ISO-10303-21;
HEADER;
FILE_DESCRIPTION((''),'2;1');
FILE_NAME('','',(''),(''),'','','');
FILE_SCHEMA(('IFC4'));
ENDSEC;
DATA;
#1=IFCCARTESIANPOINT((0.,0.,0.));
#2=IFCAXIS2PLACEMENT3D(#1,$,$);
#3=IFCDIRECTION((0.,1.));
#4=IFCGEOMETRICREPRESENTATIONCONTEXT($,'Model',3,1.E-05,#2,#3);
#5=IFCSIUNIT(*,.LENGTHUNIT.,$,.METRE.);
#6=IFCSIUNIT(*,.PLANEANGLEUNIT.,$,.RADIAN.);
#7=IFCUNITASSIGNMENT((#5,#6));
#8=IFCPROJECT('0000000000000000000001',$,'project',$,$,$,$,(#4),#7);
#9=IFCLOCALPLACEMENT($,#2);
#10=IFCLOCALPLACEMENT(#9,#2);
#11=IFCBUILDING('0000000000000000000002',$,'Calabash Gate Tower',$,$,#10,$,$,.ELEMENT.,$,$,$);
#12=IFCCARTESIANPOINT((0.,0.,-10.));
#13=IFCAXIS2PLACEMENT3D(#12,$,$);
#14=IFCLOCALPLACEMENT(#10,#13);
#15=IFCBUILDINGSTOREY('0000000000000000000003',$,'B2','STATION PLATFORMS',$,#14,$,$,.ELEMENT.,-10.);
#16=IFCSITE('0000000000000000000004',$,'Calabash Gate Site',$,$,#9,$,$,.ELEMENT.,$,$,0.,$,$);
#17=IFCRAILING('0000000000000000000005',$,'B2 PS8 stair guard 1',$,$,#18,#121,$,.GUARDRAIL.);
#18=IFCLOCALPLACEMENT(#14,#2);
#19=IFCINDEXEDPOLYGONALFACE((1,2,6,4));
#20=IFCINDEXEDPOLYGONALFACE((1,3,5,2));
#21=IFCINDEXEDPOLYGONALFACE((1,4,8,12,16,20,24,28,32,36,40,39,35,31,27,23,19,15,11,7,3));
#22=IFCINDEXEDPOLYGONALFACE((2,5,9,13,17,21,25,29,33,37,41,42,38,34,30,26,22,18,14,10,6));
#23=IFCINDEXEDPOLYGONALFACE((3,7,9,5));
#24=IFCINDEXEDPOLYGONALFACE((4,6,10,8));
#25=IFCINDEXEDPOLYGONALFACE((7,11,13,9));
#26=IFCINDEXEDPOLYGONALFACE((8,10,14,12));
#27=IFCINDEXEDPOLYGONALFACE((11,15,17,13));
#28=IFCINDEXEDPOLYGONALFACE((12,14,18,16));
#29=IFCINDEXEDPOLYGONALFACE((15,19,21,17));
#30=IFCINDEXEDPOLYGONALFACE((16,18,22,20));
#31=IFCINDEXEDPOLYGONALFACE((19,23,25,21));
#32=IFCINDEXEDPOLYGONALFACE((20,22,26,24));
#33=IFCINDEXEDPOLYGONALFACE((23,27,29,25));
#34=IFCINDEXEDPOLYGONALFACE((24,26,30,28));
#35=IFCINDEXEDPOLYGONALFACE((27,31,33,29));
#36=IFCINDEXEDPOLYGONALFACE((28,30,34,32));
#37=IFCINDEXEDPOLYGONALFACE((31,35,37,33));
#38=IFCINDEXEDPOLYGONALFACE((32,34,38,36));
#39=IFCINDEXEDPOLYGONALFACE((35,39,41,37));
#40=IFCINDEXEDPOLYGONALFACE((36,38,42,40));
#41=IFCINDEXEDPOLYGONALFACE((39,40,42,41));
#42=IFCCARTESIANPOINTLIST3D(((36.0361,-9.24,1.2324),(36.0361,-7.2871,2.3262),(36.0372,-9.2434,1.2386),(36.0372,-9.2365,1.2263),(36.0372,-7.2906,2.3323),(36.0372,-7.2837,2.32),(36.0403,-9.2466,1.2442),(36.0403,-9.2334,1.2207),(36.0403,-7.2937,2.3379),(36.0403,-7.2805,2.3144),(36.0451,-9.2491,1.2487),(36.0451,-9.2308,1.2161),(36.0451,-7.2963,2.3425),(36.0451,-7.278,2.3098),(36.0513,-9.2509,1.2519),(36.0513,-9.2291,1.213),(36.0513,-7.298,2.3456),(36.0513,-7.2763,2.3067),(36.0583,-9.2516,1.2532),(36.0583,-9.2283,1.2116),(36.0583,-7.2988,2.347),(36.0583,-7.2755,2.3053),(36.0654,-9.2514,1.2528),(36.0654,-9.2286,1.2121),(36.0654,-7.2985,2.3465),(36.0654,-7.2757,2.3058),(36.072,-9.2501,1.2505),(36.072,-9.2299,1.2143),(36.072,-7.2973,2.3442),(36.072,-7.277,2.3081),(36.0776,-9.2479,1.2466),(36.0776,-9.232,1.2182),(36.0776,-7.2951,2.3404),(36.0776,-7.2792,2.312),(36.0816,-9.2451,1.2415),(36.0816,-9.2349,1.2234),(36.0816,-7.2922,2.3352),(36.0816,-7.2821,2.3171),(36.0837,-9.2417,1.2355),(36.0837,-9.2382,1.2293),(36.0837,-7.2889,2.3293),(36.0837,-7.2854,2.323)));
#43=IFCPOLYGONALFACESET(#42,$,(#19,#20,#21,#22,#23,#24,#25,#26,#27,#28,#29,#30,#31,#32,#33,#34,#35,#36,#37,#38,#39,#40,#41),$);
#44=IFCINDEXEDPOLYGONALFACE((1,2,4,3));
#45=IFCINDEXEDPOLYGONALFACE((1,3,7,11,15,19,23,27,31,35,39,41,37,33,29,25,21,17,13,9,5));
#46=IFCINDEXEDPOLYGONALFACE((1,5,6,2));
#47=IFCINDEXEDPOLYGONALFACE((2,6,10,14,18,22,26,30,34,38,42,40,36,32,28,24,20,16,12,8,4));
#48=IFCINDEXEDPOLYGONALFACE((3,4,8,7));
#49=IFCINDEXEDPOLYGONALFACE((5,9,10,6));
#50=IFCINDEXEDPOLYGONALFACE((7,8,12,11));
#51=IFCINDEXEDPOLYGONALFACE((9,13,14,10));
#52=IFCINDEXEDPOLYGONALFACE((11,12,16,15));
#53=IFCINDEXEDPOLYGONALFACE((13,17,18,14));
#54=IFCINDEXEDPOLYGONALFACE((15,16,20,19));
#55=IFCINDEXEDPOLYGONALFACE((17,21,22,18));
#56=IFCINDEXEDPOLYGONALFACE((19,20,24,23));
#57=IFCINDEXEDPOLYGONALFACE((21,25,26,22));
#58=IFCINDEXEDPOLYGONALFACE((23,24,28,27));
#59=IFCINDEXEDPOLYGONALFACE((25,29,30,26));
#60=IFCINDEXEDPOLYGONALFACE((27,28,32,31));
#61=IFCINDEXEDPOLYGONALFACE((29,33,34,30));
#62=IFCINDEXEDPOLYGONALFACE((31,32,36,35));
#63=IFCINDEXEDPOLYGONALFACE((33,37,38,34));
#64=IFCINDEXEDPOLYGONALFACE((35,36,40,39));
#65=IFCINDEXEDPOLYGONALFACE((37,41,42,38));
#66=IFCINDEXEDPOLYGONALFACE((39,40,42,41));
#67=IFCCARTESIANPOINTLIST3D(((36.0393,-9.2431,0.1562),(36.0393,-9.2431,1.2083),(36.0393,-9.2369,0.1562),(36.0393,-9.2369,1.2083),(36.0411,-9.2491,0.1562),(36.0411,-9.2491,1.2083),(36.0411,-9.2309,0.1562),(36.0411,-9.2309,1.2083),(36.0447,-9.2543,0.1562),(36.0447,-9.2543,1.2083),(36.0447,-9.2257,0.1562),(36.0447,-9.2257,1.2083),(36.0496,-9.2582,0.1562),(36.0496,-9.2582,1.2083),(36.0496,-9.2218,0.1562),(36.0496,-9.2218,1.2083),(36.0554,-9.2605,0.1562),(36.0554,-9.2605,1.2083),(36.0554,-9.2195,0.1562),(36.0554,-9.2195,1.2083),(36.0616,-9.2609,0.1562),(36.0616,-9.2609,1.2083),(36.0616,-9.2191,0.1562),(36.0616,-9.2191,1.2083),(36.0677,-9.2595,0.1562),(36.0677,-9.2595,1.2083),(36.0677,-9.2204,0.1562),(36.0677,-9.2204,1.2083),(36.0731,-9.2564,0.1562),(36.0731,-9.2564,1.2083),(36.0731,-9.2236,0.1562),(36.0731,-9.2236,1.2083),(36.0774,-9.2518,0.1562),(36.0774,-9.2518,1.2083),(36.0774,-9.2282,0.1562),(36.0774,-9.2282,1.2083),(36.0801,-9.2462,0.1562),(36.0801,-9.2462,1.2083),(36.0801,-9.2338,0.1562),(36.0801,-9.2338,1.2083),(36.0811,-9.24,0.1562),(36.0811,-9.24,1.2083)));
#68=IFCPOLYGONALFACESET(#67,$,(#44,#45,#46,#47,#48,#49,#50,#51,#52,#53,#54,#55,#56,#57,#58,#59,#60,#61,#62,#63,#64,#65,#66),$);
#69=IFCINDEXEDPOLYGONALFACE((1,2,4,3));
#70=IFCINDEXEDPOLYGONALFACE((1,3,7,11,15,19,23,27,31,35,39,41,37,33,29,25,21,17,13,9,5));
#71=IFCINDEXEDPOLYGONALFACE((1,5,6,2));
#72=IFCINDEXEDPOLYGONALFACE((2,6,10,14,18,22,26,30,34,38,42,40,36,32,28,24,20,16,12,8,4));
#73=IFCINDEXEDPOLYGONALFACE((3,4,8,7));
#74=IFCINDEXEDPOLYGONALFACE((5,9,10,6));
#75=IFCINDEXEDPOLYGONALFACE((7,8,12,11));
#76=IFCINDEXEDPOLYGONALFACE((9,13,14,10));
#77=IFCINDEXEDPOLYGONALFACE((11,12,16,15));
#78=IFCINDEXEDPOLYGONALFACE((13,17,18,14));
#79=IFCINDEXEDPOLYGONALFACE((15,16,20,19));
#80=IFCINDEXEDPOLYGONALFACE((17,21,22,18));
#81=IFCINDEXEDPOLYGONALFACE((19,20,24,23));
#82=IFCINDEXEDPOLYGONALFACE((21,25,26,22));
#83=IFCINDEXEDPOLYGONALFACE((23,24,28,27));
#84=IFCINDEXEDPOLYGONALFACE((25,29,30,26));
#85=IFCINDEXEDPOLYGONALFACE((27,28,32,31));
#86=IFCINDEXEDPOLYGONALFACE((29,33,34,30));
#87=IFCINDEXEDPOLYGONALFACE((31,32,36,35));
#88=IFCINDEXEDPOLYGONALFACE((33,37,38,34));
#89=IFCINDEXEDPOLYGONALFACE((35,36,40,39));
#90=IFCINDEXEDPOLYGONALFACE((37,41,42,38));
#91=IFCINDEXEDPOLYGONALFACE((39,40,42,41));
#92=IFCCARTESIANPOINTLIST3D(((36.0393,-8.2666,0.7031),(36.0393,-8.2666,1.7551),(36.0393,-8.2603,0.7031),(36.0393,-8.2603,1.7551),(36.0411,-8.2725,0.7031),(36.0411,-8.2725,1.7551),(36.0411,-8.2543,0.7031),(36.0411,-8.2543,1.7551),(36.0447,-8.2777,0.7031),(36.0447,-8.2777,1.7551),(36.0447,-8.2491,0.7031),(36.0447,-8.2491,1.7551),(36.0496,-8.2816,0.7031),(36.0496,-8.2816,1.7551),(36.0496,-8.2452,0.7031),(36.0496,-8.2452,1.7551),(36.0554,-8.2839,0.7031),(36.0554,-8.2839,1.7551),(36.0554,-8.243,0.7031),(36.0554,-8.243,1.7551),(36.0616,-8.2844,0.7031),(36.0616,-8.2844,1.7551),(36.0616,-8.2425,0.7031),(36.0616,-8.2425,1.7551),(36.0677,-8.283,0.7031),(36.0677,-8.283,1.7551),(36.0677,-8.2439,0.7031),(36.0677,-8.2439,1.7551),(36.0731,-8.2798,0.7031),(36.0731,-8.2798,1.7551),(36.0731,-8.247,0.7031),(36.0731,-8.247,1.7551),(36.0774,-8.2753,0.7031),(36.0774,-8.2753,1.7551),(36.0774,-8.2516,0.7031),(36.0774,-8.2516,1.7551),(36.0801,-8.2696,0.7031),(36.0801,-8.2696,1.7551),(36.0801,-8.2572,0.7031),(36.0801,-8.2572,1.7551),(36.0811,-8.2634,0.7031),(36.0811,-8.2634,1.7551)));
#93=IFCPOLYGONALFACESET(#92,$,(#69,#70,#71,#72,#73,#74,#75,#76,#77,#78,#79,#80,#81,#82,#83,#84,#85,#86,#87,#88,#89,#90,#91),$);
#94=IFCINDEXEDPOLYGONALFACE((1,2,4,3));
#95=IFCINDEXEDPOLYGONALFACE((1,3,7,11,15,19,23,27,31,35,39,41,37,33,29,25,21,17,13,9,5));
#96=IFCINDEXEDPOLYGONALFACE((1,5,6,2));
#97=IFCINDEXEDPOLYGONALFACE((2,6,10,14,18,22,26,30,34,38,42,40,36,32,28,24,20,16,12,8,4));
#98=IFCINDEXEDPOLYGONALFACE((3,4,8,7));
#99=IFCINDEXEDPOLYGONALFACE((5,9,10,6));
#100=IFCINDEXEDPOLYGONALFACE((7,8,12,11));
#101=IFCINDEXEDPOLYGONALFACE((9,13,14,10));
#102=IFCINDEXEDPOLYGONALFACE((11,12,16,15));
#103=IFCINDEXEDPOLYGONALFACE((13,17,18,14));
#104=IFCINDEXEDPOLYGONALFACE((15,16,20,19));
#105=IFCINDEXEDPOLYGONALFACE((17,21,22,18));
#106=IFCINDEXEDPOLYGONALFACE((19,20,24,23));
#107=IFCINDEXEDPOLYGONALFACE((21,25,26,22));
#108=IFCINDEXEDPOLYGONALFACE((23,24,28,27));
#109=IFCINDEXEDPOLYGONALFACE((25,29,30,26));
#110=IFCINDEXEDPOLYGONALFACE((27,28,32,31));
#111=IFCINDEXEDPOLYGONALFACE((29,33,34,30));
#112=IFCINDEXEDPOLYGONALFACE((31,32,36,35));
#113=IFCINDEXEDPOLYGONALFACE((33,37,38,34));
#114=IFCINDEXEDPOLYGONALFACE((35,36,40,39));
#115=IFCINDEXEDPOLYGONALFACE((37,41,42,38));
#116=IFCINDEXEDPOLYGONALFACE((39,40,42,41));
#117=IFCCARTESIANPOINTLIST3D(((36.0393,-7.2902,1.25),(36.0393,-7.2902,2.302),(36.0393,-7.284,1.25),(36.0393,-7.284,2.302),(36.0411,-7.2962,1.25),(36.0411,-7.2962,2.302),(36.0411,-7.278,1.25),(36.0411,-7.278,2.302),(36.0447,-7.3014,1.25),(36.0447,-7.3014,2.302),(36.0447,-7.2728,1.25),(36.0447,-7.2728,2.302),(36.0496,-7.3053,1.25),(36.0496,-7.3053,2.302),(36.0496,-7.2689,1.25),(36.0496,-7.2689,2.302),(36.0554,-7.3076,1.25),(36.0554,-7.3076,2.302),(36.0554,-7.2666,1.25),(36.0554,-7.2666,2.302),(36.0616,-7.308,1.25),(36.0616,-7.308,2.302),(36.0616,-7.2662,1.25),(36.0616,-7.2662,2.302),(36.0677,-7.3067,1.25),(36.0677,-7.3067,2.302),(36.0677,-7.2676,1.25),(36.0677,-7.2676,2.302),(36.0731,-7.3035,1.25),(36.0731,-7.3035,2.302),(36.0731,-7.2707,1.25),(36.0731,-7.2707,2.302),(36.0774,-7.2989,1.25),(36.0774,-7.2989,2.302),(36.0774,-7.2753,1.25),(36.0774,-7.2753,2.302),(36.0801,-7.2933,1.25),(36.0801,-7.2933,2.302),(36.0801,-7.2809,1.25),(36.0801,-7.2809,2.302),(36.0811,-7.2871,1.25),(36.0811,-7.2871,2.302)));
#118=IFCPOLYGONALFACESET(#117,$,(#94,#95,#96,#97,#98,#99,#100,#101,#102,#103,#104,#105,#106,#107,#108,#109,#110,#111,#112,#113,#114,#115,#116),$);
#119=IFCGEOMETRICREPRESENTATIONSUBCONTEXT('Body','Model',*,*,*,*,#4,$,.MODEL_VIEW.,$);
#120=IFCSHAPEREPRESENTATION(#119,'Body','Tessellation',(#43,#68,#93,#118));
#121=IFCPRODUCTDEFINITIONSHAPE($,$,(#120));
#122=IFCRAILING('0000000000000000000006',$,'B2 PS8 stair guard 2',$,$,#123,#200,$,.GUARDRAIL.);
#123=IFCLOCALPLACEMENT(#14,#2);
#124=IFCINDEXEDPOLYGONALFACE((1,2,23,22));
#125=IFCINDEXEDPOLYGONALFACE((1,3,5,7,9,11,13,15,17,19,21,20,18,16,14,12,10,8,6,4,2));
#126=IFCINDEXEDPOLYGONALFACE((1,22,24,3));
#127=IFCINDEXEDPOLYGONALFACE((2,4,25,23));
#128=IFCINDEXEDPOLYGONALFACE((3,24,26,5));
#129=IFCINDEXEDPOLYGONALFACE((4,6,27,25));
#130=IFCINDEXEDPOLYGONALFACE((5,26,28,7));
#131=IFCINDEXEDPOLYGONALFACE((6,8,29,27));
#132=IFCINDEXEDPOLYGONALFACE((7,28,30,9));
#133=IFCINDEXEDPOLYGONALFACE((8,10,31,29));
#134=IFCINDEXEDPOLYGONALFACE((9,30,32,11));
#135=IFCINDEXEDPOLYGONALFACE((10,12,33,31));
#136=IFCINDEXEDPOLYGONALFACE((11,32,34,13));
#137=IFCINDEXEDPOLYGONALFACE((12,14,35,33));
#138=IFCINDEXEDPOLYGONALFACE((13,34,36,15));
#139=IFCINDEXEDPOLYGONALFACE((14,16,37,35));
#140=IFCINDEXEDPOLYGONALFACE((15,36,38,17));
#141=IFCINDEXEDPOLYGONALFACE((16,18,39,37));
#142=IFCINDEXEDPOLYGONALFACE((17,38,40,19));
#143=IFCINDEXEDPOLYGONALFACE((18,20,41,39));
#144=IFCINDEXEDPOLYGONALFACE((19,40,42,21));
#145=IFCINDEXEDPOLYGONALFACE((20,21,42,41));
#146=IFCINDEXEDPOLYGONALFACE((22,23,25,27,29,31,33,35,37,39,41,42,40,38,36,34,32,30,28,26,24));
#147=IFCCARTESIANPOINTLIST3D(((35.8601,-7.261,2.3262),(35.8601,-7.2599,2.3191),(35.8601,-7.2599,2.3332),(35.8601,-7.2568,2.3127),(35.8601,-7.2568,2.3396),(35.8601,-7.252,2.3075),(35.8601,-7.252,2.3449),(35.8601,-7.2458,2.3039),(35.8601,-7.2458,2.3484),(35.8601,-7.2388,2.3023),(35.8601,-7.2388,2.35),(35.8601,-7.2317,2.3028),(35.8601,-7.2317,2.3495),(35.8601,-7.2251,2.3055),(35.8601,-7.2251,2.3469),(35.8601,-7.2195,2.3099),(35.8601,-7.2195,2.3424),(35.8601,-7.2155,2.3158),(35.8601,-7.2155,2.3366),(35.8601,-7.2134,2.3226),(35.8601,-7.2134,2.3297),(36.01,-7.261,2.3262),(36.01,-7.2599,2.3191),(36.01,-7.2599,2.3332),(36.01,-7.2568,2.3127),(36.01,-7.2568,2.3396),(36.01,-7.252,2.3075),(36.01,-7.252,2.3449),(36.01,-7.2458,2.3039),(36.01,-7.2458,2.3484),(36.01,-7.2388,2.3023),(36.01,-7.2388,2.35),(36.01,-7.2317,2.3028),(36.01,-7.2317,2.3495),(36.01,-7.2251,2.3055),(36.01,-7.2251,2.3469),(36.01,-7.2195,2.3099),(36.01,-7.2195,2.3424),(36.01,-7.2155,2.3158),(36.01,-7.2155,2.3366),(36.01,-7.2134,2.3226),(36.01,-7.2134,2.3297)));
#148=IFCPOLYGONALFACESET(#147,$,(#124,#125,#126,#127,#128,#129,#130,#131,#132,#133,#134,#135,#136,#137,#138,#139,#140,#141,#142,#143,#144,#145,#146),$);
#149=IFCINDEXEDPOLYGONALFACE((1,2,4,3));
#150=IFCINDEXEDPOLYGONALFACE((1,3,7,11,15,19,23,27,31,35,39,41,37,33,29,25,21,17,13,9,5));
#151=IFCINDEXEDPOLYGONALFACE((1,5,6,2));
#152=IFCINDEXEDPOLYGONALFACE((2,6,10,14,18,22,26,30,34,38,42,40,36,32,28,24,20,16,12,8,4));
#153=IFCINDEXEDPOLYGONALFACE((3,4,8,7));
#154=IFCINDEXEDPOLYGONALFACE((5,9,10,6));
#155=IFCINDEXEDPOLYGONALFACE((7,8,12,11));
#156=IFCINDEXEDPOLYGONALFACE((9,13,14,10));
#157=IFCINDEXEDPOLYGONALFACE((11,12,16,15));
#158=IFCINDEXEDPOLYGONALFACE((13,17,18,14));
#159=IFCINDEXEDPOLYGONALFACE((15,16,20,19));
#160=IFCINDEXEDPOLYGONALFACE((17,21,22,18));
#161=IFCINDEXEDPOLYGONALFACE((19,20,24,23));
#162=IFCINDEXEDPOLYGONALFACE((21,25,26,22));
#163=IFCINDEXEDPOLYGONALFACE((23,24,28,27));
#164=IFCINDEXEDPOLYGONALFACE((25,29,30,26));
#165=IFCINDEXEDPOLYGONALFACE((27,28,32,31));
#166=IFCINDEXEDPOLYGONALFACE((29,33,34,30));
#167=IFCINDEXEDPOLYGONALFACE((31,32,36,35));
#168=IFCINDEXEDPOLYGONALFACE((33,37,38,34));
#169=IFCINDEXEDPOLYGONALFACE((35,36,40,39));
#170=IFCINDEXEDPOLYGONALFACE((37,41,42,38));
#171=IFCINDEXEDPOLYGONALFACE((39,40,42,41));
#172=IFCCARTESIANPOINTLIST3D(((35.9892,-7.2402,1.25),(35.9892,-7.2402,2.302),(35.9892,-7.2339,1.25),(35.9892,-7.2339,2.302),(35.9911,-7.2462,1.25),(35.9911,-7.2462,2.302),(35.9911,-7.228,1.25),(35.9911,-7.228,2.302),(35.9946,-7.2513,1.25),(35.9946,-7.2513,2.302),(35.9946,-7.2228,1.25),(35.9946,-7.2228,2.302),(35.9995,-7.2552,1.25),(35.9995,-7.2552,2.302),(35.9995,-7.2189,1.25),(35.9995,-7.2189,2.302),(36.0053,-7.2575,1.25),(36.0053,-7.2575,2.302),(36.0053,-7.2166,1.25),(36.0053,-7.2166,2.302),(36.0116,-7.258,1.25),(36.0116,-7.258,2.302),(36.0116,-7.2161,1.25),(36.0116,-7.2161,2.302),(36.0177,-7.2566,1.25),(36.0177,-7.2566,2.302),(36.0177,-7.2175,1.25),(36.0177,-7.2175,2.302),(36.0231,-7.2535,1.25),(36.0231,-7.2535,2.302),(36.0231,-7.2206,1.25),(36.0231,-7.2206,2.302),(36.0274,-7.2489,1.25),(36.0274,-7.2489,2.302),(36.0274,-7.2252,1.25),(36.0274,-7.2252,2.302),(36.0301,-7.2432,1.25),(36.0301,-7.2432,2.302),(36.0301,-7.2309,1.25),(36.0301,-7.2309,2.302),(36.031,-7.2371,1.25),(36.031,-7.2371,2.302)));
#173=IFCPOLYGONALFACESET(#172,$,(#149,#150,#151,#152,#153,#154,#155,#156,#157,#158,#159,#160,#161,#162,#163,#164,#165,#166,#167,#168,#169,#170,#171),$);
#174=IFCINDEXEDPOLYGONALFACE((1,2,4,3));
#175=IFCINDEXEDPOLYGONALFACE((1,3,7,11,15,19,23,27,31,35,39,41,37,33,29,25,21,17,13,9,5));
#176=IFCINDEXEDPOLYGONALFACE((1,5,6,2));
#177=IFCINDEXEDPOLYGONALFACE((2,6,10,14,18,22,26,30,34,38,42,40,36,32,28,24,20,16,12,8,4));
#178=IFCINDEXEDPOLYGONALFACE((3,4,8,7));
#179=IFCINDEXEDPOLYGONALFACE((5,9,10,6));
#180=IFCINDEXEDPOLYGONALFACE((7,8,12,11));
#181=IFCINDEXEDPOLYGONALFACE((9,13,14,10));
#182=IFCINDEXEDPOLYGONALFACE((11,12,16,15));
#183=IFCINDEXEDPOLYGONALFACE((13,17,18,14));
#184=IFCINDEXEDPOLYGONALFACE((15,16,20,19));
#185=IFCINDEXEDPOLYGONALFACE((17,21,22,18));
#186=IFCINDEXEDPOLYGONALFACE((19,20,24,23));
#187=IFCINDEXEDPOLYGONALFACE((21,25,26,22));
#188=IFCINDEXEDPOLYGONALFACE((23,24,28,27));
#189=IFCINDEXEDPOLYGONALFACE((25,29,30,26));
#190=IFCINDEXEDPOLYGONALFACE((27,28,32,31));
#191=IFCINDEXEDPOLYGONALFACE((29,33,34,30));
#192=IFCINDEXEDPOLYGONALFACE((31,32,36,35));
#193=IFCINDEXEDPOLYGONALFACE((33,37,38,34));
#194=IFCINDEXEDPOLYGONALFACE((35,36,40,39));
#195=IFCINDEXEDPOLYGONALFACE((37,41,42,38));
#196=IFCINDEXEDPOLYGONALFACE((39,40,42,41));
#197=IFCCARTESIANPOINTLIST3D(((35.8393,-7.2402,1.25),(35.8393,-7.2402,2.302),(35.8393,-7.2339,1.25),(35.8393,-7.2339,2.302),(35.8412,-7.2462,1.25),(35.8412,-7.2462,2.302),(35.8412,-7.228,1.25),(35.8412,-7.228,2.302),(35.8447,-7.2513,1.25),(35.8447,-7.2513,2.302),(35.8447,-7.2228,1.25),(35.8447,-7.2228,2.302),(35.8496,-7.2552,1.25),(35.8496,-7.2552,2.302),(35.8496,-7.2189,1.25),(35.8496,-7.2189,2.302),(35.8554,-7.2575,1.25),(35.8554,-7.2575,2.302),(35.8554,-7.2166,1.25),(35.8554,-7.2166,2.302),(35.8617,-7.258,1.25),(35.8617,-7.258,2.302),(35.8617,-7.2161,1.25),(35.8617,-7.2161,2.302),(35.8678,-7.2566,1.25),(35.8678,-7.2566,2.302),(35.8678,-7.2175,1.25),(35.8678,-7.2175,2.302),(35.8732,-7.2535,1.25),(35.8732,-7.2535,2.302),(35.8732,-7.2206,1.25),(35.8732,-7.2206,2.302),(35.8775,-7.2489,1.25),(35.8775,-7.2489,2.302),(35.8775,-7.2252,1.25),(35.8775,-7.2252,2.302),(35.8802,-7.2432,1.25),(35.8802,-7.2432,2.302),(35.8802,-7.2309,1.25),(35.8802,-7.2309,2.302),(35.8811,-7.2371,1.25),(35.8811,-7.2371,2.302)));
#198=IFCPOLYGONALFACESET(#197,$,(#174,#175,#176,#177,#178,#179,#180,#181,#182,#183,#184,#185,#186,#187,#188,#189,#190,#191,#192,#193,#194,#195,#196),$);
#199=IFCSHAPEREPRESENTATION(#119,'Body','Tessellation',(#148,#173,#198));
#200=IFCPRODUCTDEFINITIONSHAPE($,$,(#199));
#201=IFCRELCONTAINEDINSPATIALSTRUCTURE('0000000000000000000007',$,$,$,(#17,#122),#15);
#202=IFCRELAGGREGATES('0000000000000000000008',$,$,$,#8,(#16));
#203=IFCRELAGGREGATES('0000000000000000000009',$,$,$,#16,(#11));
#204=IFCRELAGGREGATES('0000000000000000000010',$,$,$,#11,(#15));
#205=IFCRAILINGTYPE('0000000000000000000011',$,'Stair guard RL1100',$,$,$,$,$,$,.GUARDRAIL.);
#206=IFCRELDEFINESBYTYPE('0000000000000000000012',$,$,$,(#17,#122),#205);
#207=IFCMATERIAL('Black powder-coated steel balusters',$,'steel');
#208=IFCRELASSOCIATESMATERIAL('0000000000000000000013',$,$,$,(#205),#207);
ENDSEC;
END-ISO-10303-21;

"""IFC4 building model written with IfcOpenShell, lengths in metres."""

from ifc_helpers import new_model, si_unit, direction, frame, origin, origin_2d, place, context, subcontext, project, spatial, circle, extrude, material, type_object, element, save


model = new_model("IFC4")

# Units and contexts
model_context = context("Model", 3, precision=1e-05, world=origin(), true_north=direction((0.0, 1.0)))
body_context = subcontext(model_context, "Body", "Model", "MODEL_VIEW")
ifc_project = project(units=[si_unit("LENGTHUNIT", "METRE"), si_unit("PLANEANGLEUNIT", "RADIAN")], contexts=[model_context])

# Site, building, storey
site_placement = place(None, origin())
site = spatial("IfcSite", under=ifc_project, at=site_placement, Name="Calabash Gate Site", CompositionType="ELEMENT", RefElevation=0.0)
building_placement = place(site_placement, origin())
building = spatial("IfcBuilding", under=site, at=building_placement, Name="Calabash Gate Tower", CompositionType="ELEMENT")
storey_placement = place(building_placement, frame((0.0, 0.0, -10.0)))
storey = spatial("IfcBuildingStorey", under=building, at=storey_placement, Name="B2", Description="STATION PLATFORMS", CompositionType="ELEMENT", Elevation=-10.0)

# Railings
ifc_material_1 = material(Name="Black powder-coated steel balusters", Category="steel")
railing_type_1 = type_object("IfcRailingType", Name="Stair guard RL1100", PredefinedType="GUARDRAIL", material=ifc_material_1)
railing_1_placement = place(storey_placement, frame((36.0601, -9.24, 0.1562)))
element("IfcRailing", 1, at=railing_1_placement, inside=storey, type_object=railing_type_1, Name="B2 PS8 stair guard 1", PredefinedType="GUARDRAIL", context=body_context, shape_type="SweptSolid", body=[
    extrude(circle(Radius=0.0239, at=origin_2d()), frame((0.0, 0.0, 1.0762), z_axis=(0.0, 0.87248, 0.48865), x_axis=(-1.0, 0.0, 0.0)), (0.0, 0.0, 1.0), 2.2383),
    extrude(circle(Radius=0.021, at=origin_2d()), origin(), (0.0, 0.0, 1.0), 1.052),
    extrude(circle(Radius=0.021, at=origin_2d()), frame((0.0, 0.9766, 0.5469)), (0.0, 0.0, 1.0), 1.052),
    extrude(circle(Radius=0.021, at=origin_2d()), frame((0.0, 1.9529, 1.0938)), (0.0, 0.0, 1.0), 1.052),
])
railing_2_placement = place(storey_placement, frame((36.01, -7.2371, 1.25)))
element("IfcRailing", 2, at=railing_2_placement, inside=storey, type_object=railing_type_1, Name="B2 PS8 stair guard 2", PredefinedType="GUARDRAIL", context=body_context, shape_type="SweptSolid", body=[
    extrude(circle(Radius=0.0239, at=origin_2d()), frame((0.0, 0.0, 1.0762), z_axis=(-1.0, 0.0, 0.0), x_axis=(0.0, -1.0, 0.0)), (0.0, 0.0, 1.0), 0.1499),
    extrude(circle(Radius=0.021, at=origin_2d()), origin(), (0.0, 0.0, 1.0), 1.052),
    extrude(circle(Radius=0.021, at=origin_2d()), frame((-0.1499, 0.0, 0.0)), (0.0, 0.0, 1.0), 1.052),
])

save(model, "model.ifc")
